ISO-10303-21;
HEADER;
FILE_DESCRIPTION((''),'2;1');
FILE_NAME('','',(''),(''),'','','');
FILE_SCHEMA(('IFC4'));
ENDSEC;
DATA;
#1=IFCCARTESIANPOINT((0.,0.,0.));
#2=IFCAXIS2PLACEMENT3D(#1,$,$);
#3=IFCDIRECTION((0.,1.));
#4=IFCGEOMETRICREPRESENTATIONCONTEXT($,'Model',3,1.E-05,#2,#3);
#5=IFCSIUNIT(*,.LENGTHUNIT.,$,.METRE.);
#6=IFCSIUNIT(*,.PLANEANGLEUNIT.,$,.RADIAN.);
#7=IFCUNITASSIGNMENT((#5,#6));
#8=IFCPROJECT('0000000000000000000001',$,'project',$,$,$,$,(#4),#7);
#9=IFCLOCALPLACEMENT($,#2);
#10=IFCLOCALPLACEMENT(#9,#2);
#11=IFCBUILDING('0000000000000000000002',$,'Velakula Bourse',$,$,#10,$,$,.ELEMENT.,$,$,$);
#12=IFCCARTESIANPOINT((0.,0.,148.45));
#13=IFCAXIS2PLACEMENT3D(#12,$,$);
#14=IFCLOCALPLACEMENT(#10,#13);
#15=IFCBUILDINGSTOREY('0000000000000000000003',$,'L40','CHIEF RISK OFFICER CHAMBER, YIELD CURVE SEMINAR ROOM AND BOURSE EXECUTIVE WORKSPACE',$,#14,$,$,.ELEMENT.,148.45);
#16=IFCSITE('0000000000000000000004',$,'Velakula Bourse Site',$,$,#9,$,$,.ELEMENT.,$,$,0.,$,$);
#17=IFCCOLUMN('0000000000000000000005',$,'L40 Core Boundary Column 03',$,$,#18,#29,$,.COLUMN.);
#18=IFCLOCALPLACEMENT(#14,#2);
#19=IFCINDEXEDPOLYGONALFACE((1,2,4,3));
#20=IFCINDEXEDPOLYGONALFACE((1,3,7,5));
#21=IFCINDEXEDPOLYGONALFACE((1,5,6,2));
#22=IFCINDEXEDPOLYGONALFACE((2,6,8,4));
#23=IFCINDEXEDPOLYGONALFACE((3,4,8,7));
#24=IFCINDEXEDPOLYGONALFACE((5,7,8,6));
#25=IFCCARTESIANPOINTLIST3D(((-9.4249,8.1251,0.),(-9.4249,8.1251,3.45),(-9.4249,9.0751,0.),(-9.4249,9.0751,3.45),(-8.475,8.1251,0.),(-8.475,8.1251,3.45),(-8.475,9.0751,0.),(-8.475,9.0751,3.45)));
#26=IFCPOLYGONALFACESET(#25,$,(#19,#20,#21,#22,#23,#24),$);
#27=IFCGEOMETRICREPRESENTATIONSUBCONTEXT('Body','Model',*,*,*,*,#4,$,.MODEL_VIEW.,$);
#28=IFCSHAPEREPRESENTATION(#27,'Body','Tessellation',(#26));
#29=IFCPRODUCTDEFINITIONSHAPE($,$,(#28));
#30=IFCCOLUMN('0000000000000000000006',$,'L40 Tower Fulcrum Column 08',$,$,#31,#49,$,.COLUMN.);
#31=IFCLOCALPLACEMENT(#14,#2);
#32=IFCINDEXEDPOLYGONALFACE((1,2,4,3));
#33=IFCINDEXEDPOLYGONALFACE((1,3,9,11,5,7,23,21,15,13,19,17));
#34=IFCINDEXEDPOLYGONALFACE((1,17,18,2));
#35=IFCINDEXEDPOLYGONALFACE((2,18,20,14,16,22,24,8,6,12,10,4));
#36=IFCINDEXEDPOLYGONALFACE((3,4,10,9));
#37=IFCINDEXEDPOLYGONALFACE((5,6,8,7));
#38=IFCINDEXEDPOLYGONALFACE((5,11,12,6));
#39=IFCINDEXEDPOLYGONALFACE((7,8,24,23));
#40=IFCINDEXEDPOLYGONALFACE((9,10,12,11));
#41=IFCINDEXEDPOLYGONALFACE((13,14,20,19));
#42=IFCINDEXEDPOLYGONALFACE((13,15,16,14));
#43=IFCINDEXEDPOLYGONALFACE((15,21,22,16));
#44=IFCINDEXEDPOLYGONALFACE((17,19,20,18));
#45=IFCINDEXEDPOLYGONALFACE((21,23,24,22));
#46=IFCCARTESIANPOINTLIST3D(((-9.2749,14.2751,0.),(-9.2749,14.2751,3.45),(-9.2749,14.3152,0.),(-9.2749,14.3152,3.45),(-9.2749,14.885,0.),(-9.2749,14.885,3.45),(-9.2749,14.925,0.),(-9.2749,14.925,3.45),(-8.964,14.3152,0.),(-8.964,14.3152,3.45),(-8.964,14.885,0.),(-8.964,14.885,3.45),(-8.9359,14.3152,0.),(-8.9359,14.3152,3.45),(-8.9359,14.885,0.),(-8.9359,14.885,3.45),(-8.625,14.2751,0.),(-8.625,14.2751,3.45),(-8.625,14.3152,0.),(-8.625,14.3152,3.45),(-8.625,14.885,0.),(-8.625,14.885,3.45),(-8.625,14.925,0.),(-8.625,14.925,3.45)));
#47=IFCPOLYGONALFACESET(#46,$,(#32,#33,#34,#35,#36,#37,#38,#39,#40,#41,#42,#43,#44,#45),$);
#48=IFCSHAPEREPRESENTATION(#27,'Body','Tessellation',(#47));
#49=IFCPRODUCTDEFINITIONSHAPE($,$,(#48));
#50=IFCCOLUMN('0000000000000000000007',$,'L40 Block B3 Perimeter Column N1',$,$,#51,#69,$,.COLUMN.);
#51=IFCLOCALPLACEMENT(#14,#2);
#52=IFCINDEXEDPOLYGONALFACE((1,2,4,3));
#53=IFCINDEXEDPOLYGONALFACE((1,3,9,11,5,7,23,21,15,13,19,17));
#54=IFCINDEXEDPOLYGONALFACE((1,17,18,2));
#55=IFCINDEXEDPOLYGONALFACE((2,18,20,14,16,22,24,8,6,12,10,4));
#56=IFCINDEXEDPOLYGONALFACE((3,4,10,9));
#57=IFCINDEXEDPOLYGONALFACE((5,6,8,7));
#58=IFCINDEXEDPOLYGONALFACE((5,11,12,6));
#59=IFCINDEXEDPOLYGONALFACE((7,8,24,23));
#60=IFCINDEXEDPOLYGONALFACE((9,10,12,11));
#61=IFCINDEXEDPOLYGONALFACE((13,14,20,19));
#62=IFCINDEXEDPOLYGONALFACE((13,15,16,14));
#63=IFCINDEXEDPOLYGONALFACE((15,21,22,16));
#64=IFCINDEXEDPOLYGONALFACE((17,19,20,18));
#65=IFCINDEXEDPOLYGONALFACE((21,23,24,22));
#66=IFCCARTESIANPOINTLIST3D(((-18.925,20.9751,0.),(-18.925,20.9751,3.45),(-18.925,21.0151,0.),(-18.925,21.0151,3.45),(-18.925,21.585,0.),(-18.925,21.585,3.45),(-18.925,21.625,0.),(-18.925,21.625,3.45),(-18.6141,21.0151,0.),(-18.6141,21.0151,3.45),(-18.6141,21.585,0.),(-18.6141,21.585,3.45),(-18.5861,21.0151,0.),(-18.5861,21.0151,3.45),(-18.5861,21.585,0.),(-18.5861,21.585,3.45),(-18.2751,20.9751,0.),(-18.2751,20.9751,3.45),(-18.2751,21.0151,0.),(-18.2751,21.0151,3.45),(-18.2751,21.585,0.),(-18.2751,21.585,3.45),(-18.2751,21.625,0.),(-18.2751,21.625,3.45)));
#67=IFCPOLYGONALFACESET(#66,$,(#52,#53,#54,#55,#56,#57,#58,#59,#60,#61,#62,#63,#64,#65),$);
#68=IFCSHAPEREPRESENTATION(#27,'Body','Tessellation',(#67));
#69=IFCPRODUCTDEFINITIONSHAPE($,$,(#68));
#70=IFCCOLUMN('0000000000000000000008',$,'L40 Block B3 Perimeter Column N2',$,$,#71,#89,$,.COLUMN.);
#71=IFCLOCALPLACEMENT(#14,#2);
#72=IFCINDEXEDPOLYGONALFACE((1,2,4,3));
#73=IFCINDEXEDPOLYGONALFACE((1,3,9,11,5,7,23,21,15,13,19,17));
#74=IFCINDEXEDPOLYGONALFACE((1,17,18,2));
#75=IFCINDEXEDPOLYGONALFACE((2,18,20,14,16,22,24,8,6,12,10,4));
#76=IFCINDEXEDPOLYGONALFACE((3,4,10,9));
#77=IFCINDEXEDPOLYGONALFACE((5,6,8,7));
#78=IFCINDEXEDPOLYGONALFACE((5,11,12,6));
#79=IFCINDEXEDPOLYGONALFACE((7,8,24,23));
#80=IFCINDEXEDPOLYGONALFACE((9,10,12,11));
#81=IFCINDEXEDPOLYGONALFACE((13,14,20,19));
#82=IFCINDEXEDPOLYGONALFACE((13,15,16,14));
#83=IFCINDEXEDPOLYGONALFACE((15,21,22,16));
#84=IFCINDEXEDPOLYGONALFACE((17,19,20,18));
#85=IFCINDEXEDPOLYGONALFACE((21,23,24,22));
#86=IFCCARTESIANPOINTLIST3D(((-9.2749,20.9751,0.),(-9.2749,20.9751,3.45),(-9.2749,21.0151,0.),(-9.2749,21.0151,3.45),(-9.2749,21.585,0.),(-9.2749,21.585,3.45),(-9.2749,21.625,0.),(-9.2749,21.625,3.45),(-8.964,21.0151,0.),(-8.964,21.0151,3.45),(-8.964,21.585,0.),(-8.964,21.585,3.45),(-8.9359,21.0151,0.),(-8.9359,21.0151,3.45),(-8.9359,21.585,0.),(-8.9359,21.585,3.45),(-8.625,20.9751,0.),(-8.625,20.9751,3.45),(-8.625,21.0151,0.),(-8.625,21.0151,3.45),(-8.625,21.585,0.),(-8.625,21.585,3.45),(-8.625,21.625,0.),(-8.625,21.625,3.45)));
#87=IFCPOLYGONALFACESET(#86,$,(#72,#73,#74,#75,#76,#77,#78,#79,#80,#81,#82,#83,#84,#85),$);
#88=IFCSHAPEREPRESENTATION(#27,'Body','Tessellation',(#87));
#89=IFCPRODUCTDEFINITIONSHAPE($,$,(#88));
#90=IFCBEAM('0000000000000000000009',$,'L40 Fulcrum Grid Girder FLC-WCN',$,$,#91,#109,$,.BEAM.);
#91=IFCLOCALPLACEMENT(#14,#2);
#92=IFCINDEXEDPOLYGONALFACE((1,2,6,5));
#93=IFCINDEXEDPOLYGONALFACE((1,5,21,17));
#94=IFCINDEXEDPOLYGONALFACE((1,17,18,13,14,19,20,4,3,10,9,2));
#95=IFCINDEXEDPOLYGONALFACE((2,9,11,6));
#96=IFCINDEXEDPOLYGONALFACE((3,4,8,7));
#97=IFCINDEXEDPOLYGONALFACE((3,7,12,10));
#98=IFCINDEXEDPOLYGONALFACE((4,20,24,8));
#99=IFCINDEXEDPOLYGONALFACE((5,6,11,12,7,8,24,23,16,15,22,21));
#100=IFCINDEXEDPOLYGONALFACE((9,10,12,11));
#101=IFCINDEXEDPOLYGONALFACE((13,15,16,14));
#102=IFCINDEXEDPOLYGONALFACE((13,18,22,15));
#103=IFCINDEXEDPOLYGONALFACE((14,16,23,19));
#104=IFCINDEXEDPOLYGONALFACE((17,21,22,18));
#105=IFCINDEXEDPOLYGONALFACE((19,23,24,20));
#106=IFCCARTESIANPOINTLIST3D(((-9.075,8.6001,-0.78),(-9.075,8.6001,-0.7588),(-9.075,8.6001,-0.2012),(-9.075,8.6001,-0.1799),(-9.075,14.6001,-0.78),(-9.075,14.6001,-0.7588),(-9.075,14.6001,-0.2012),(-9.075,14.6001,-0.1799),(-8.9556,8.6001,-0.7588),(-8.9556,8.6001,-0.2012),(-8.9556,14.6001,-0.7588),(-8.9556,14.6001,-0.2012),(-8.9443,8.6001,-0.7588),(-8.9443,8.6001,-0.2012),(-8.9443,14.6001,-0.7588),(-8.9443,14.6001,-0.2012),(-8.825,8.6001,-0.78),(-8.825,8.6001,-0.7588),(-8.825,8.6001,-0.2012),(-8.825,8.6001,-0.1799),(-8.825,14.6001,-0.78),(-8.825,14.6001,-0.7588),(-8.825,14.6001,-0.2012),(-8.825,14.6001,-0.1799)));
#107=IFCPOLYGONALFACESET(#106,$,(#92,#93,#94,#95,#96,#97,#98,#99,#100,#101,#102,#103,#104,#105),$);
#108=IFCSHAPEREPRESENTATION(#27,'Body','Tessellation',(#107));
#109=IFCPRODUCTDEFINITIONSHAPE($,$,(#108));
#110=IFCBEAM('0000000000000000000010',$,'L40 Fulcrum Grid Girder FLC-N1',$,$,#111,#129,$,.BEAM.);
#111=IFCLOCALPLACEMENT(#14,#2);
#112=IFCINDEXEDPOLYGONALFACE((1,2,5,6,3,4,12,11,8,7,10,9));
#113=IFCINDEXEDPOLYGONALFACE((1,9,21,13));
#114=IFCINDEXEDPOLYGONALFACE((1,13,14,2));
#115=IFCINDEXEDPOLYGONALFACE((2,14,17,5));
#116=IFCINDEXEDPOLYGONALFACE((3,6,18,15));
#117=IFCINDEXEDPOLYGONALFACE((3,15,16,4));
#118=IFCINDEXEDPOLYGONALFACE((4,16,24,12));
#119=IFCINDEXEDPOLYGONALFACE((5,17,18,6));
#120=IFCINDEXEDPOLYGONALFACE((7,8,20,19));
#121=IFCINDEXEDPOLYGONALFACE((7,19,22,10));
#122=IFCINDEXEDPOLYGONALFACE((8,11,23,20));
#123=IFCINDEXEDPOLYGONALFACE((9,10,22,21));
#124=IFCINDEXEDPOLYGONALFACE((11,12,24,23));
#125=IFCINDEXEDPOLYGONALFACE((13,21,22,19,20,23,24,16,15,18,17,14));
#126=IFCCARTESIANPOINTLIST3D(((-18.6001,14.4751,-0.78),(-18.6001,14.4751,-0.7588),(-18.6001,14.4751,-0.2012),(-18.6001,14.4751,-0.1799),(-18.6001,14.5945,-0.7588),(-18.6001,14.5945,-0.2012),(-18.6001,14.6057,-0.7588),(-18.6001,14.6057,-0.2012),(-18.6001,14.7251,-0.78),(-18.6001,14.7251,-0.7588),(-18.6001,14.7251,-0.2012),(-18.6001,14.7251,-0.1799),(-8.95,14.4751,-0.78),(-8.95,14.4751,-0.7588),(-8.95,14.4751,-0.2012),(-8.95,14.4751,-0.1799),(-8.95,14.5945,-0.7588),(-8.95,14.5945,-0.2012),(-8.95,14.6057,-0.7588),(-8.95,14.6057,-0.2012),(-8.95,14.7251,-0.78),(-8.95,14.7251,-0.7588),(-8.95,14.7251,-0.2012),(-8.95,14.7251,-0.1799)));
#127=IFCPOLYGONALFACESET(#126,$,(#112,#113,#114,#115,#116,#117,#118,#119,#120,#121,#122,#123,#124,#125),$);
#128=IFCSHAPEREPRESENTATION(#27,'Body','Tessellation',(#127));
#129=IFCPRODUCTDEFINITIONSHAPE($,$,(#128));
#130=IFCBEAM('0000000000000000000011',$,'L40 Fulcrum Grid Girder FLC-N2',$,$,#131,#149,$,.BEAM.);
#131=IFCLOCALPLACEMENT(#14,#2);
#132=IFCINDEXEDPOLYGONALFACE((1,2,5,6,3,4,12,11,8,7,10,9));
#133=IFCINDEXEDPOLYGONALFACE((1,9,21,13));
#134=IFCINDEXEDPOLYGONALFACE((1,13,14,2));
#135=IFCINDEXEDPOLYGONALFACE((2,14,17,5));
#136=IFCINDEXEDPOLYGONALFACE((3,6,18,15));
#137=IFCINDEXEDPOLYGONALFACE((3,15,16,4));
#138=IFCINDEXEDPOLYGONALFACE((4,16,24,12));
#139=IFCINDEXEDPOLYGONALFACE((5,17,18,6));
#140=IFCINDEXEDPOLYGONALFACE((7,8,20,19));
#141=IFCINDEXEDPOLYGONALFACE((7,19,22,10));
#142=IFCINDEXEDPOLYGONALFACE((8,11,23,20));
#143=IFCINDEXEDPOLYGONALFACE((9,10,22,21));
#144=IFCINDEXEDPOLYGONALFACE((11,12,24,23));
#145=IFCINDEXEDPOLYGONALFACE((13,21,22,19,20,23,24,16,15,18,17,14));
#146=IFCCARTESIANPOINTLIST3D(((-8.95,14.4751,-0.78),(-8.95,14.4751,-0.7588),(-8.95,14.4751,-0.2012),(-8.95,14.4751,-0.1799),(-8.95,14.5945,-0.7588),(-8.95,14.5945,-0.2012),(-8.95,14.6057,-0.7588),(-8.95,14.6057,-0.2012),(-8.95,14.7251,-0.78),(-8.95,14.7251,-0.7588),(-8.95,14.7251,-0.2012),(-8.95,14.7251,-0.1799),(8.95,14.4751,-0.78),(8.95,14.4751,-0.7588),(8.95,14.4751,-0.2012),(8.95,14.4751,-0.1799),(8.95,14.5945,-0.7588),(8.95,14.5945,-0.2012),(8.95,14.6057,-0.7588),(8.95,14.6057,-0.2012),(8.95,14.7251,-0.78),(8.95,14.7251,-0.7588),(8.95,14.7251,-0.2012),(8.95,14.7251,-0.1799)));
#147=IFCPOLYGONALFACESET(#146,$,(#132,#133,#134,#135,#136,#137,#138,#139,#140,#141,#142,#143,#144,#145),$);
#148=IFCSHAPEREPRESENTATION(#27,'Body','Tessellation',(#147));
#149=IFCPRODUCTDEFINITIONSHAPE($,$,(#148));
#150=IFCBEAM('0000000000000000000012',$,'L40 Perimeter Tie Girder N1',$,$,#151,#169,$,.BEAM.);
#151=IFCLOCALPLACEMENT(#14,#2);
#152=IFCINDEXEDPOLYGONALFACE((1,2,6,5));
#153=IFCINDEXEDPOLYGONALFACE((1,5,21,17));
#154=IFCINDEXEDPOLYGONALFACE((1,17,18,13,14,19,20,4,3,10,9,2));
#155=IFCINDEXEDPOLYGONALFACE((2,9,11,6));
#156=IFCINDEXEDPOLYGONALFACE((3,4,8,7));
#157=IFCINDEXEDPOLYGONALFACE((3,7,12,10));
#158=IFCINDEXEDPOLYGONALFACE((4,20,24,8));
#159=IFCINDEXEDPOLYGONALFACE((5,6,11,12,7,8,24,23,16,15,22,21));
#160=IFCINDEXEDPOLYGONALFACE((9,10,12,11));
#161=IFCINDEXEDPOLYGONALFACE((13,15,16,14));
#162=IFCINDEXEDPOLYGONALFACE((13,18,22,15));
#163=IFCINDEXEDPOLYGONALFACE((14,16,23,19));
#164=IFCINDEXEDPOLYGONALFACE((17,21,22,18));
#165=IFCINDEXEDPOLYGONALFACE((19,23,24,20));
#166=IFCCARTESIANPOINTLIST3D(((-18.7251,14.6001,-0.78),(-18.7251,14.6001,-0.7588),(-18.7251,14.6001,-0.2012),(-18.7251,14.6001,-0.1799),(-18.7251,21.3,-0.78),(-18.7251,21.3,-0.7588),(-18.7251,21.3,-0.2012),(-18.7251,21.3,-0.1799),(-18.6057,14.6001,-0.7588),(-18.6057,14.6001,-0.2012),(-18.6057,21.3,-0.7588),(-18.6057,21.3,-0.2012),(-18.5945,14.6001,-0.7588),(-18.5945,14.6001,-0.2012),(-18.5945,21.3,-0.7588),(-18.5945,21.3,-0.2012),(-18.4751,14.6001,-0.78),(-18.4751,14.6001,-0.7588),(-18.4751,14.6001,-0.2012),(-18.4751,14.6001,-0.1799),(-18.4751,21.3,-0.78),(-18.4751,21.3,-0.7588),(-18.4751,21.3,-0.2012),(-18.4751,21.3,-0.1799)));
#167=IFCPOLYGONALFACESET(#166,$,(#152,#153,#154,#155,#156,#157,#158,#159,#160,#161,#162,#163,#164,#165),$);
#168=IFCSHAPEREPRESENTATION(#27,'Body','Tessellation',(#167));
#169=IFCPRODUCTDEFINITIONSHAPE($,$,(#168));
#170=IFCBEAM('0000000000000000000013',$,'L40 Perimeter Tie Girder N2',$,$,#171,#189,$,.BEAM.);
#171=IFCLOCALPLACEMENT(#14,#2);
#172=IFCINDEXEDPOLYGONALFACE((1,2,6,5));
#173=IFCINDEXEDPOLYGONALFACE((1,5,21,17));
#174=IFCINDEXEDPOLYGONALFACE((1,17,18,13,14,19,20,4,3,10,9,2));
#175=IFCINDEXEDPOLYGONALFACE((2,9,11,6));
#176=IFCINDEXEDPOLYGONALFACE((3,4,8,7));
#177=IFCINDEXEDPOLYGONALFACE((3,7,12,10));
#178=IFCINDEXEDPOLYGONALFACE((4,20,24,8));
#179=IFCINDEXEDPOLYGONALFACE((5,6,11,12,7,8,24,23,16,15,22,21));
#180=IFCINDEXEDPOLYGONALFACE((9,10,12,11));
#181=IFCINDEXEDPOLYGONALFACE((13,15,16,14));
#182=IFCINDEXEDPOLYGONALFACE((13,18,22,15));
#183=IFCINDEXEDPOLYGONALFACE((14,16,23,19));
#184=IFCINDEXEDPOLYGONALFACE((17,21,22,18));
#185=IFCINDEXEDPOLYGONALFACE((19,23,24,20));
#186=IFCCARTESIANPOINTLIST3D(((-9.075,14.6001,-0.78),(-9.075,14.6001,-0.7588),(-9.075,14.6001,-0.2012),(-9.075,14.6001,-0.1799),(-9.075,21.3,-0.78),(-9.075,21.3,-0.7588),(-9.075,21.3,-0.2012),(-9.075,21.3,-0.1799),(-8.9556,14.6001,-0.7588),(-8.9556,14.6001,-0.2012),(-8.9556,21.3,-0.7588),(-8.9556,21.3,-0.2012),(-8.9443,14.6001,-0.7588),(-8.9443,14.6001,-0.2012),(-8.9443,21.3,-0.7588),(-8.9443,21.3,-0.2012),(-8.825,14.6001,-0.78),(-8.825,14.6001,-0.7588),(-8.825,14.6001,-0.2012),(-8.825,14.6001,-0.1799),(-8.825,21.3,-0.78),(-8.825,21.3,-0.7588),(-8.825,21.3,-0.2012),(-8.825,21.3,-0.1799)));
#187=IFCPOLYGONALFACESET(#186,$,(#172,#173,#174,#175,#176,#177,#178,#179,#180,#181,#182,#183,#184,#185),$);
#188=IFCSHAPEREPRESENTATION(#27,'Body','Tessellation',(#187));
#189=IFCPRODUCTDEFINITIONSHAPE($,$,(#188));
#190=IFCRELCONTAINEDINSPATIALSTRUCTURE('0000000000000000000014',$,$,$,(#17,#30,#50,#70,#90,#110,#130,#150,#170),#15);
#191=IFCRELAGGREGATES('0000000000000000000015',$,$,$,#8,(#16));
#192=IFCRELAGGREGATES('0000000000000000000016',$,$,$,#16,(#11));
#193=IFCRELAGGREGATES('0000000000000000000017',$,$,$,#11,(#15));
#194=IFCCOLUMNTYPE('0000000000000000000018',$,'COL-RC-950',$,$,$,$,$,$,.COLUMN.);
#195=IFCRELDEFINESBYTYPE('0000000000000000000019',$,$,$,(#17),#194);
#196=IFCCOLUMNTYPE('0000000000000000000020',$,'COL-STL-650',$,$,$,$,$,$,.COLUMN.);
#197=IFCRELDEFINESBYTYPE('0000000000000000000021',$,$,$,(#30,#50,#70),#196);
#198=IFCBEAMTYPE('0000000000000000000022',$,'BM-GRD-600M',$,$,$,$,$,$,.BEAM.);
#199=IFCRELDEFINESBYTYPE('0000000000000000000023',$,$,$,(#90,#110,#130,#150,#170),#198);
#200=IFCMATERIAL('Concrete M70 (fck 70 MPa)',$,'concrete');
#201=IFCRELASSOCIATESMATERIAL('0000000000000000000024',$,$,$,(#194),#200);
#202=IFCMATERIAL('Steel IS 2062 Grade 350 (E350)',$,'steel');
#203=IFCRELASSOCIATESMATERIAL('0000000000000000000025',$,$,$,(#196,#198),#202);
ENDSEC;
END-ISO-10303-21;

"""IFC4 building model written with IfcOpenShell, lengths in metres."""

from ifc_helpers import new_model, si_unit, direction, frame, origin, origin_2d, place, context, subcontext, project, spatial, rectangle, i_section, extrude, material, material_profile, profile_set, type_object, element, save


model = new_model("IFC4")

# Units and contexts
model_context = context("Model", 3, precision=1e-05, world=origin(), true_north=direction((0.0, 1.0)))
body_context = subcontext(model_context, "Body", "Model", "MODEL_VIEW")
ifc_project = project(units=[si_unit("LENGTHUNIT", "METRE"), si_unit("PLANEANGLEUNIT", "RADIAN")], contexts=[model_context])

# Site, building, storey
site_placement = place(None, origin())
site = spatial("IfcSite", under=ifc_project, at=site_placement, Name="Velakula Bourse Site", CompositionType="ELEMENT", RefElevation=0.0)
building_placement = place(site_placement, origin())
building = spatial("IfcBuilding", under=site, at=building_placement, Name="Velakula Bourse", CompositionType="ELEMENT")
storey_placement = place(building_placement, frame((0.0, 0.0, 148.45)))
storey = spatial("IfcBuildingStorey", under=building, at=storey_placement, Name="L40", Description="CHIEF RISK OFFICER CHAMBER, YIELD CURVE SEMINAR ROOM AND BOURSE EXECUTIVE WORKSPACE", CompositionType="ELEMENT", Elevation=148.45)

# Columns
ifc_material_1 = material(Name="Concrete M70 (fck 70 MPa)", Category="concrete")
ifc_material_profile_1 = material_profile(ifc_material_1, rectangle(XDim=0.95, YDim=0.95, at=origin_2d()), Name="Concrete M70 (fck 70 MPa)")
ifc_profile_set_1 = profile_set([ifc_material_profile_1], Name="Concrete M70 (fck 70 MPa)")
column_type_1 = type_object("IfcColumnType", Name="COL-RC-950", PredefinedType="COLUMN", material=ifc_profile_set_1)
column_placement = place(storey_placement, frame((-8.95, 8.6001, 0.0), z_axis=(0.0, 0.0, 1.0), x_axis=(1.0, 0.0, 0.0)))
element("IfcColumn", 1, at=column_placement, inside=storey, type_object=column_type_1, Name="L40 Core Boundary Column 03", PredefinedType="COLUMN", context=body_context, shape_type="SweptSolid", body=[
    extrude(rectangle(XDim=0.95, YDim=0.95, at=origin_2d()), origin(), (0.0, 0.0, 1.0), 3.45),
])
ifc_material_2 = material(Name="Steel IS 2062 Grade 350 (E350)", Category="steel")
ifc_material_profile_2 = material_profile(ifc_material_2, i_section(OverallWidth=0.6499, OverallDepth=0.6499, WebThickness=0.0281, FlangeThickness=0.04, at=origin_2d()), Name="Steel IS 2062 Grade 350 (E350)")
ifc_profile_set_2 = profile_set([ifc_material_profile_2], Name="Steel IS 2062 Grade 350 (E350)")
column_type_2 = type_object("IfcColumnType", Name="COL-STL-650", PredefinedType="COLUMN", material=ifc_profile_set_2)
for number, where, z_axis, x_axis, name in (
    (2, (-8.95, 14.6001, 0.0), (0.0, 0.0, 1.0), (1.0, 0.0, 0.0), "L40 Tower Fulcrum Column 08"),
    (3, (-18.6001, 21.3, 0.0), (0.0, 0.0, 1.0), (1.0, 0.0, 0.0), "L40 Block B3 Perimeter Column N1"),
    (4, (-8.95, 21.3, 0.0), (0.0, 0.0, 1.0), (1.0, 0.0, 0.0), "L40 Block B3 Perimeter Column N2"),
):
    element("IfcColumn", number, at=place(storey_placement, frame(where, z_axis=z_axis, x_axis=x_axis)), inside=storey, type_object=column_type_2, Name=name, PredefinedType="COLUMN", context=body_context, shape_type="SweptSolid", body=[
        extrude(i_section(OverallWidth=0.6499, OverallDepth=0.6499, WebThickness=0.0281, FlangeThickness=0.04, at=origin_2d()), origin(), (0.0, 0.0, 1.0), 3.45),
    ])

# Beams
ifc_material_profile_3 = material_profile(ifc_material_2, i_section(OverallWidth=0.25, OverallDepth=0.6001, WebThickness=0.0112, FlangeThickness=0.0212, at=origin_2d()), Name="Steel IS 2062 Grade 350 (E350)")
ifc_profile_set_3 = profile_set([ifc_material_profile_3], Name="Steel IS 2062 Grade 350 (E350)")
beam_type_1 = type_object("IfcBeamType", Name="BM-GRD-600M", PredefinedType="BEAM", material=ifc_profile_set_3)
beam_1_placement = place(storey_placement, frame((-8.95, 8.6001, -0.48), z_axis=(0.0, 1.0, 0.0), x_axis=(-1.0, 0.0, 0.0)))
element("IfcBeam", 5, at=beam_1_placement, inside=storey, type_object=beam_type_1, Name="L40 Fulcrum Grid Girder FLC-WCN", PredefinedType="BEAM", context=body_context, shape_type="SweptSolid", body=[
    extrude(i_section(OverallWidth=0.25, OverallDepth=0.6001, WebThickness=0.0112, FlangeThickness=0.0212, at=origin_2d()), origin(), (0.0, 0.0, 1.0), 6.0),
])
beam_2_placement = place(storey_placement, frame((-18.6001, 14.6001, -0.48), z_axis=(1.0, 0.0, 0.0), x_axis=(0.0, 1.0, 0.0)))
element("IfcBeam", 6, at=beam_2_placement, inside=storey, type_object=beam_type_1, Name="L40 Fulcrum Grid Girder FLC-N1", PredefinedType="BEAM", context=body_context, shape_type="SweptSolid", body=[
    extrude(i_section(OverallWidth=0.25, OverallDepth=0.6001, WebThickness=0.0112, FlangeThickness=0.0212, at=origin_2d()), origin(), (0.0, 0.0, 1.0), 9.6501),
])
beam_3_placement = place(storey_placement, frame((-8.95, 14.6001, -0.48), z_axis=(1.0, 0.0, 0.0), x_axis=(0.0, 1.0, 0.0)))
element("IfcBeam", 7, at=beam_3_placement, inside=storey, type_object=beam_type_1, Name="L40 Fulcrum Grid Girder FLC-N2", PredefinedType="BEAM", context=body_context, shape_type="SweptSolid", body=[
    extrude(i_section(OverallWidth=0.25, OverallDepth=0.6001, WebThickness=0.0112, FlangeThickness=0.0212, at=origin_2d()), origin(), (0.0, 0.0, 1.0), 17.8999),
])
for number, where, z_axis, x_axis, name in (
    (8, (-18.6001, 14.6001, -0.48), (0.0, 1.0, 0.0), (-1.0, 0.0, 0.0), "L40 Perimeter Tie Girder N1"),
    (9, (-8.95, 14.6001, -0.48), (0.0, 1.0, 0.0), (-1.0, 0.0, 0.0), "L40 Perimeter Tie Girder N2"),
):
    element("IfcBeam", number, at=place(storey_placement, frame(where, z_axis=z_axis, x_axis=x_axis)), inside=storey, type_object=beam_type_1, Name=name, PredefinedType="BEAM", context=body_context, shape_type="SweptSolid", body=[
        extrude(i_section(OverallWidth=0.25, OverallDepth=0.6001, WebThickness=0.0112, FlangeThickness=0.0212, at=origin_2d()), origin(), (0.0, 0.0, 1.0), 6.7),
    ])

save(model, "model.ifc")
